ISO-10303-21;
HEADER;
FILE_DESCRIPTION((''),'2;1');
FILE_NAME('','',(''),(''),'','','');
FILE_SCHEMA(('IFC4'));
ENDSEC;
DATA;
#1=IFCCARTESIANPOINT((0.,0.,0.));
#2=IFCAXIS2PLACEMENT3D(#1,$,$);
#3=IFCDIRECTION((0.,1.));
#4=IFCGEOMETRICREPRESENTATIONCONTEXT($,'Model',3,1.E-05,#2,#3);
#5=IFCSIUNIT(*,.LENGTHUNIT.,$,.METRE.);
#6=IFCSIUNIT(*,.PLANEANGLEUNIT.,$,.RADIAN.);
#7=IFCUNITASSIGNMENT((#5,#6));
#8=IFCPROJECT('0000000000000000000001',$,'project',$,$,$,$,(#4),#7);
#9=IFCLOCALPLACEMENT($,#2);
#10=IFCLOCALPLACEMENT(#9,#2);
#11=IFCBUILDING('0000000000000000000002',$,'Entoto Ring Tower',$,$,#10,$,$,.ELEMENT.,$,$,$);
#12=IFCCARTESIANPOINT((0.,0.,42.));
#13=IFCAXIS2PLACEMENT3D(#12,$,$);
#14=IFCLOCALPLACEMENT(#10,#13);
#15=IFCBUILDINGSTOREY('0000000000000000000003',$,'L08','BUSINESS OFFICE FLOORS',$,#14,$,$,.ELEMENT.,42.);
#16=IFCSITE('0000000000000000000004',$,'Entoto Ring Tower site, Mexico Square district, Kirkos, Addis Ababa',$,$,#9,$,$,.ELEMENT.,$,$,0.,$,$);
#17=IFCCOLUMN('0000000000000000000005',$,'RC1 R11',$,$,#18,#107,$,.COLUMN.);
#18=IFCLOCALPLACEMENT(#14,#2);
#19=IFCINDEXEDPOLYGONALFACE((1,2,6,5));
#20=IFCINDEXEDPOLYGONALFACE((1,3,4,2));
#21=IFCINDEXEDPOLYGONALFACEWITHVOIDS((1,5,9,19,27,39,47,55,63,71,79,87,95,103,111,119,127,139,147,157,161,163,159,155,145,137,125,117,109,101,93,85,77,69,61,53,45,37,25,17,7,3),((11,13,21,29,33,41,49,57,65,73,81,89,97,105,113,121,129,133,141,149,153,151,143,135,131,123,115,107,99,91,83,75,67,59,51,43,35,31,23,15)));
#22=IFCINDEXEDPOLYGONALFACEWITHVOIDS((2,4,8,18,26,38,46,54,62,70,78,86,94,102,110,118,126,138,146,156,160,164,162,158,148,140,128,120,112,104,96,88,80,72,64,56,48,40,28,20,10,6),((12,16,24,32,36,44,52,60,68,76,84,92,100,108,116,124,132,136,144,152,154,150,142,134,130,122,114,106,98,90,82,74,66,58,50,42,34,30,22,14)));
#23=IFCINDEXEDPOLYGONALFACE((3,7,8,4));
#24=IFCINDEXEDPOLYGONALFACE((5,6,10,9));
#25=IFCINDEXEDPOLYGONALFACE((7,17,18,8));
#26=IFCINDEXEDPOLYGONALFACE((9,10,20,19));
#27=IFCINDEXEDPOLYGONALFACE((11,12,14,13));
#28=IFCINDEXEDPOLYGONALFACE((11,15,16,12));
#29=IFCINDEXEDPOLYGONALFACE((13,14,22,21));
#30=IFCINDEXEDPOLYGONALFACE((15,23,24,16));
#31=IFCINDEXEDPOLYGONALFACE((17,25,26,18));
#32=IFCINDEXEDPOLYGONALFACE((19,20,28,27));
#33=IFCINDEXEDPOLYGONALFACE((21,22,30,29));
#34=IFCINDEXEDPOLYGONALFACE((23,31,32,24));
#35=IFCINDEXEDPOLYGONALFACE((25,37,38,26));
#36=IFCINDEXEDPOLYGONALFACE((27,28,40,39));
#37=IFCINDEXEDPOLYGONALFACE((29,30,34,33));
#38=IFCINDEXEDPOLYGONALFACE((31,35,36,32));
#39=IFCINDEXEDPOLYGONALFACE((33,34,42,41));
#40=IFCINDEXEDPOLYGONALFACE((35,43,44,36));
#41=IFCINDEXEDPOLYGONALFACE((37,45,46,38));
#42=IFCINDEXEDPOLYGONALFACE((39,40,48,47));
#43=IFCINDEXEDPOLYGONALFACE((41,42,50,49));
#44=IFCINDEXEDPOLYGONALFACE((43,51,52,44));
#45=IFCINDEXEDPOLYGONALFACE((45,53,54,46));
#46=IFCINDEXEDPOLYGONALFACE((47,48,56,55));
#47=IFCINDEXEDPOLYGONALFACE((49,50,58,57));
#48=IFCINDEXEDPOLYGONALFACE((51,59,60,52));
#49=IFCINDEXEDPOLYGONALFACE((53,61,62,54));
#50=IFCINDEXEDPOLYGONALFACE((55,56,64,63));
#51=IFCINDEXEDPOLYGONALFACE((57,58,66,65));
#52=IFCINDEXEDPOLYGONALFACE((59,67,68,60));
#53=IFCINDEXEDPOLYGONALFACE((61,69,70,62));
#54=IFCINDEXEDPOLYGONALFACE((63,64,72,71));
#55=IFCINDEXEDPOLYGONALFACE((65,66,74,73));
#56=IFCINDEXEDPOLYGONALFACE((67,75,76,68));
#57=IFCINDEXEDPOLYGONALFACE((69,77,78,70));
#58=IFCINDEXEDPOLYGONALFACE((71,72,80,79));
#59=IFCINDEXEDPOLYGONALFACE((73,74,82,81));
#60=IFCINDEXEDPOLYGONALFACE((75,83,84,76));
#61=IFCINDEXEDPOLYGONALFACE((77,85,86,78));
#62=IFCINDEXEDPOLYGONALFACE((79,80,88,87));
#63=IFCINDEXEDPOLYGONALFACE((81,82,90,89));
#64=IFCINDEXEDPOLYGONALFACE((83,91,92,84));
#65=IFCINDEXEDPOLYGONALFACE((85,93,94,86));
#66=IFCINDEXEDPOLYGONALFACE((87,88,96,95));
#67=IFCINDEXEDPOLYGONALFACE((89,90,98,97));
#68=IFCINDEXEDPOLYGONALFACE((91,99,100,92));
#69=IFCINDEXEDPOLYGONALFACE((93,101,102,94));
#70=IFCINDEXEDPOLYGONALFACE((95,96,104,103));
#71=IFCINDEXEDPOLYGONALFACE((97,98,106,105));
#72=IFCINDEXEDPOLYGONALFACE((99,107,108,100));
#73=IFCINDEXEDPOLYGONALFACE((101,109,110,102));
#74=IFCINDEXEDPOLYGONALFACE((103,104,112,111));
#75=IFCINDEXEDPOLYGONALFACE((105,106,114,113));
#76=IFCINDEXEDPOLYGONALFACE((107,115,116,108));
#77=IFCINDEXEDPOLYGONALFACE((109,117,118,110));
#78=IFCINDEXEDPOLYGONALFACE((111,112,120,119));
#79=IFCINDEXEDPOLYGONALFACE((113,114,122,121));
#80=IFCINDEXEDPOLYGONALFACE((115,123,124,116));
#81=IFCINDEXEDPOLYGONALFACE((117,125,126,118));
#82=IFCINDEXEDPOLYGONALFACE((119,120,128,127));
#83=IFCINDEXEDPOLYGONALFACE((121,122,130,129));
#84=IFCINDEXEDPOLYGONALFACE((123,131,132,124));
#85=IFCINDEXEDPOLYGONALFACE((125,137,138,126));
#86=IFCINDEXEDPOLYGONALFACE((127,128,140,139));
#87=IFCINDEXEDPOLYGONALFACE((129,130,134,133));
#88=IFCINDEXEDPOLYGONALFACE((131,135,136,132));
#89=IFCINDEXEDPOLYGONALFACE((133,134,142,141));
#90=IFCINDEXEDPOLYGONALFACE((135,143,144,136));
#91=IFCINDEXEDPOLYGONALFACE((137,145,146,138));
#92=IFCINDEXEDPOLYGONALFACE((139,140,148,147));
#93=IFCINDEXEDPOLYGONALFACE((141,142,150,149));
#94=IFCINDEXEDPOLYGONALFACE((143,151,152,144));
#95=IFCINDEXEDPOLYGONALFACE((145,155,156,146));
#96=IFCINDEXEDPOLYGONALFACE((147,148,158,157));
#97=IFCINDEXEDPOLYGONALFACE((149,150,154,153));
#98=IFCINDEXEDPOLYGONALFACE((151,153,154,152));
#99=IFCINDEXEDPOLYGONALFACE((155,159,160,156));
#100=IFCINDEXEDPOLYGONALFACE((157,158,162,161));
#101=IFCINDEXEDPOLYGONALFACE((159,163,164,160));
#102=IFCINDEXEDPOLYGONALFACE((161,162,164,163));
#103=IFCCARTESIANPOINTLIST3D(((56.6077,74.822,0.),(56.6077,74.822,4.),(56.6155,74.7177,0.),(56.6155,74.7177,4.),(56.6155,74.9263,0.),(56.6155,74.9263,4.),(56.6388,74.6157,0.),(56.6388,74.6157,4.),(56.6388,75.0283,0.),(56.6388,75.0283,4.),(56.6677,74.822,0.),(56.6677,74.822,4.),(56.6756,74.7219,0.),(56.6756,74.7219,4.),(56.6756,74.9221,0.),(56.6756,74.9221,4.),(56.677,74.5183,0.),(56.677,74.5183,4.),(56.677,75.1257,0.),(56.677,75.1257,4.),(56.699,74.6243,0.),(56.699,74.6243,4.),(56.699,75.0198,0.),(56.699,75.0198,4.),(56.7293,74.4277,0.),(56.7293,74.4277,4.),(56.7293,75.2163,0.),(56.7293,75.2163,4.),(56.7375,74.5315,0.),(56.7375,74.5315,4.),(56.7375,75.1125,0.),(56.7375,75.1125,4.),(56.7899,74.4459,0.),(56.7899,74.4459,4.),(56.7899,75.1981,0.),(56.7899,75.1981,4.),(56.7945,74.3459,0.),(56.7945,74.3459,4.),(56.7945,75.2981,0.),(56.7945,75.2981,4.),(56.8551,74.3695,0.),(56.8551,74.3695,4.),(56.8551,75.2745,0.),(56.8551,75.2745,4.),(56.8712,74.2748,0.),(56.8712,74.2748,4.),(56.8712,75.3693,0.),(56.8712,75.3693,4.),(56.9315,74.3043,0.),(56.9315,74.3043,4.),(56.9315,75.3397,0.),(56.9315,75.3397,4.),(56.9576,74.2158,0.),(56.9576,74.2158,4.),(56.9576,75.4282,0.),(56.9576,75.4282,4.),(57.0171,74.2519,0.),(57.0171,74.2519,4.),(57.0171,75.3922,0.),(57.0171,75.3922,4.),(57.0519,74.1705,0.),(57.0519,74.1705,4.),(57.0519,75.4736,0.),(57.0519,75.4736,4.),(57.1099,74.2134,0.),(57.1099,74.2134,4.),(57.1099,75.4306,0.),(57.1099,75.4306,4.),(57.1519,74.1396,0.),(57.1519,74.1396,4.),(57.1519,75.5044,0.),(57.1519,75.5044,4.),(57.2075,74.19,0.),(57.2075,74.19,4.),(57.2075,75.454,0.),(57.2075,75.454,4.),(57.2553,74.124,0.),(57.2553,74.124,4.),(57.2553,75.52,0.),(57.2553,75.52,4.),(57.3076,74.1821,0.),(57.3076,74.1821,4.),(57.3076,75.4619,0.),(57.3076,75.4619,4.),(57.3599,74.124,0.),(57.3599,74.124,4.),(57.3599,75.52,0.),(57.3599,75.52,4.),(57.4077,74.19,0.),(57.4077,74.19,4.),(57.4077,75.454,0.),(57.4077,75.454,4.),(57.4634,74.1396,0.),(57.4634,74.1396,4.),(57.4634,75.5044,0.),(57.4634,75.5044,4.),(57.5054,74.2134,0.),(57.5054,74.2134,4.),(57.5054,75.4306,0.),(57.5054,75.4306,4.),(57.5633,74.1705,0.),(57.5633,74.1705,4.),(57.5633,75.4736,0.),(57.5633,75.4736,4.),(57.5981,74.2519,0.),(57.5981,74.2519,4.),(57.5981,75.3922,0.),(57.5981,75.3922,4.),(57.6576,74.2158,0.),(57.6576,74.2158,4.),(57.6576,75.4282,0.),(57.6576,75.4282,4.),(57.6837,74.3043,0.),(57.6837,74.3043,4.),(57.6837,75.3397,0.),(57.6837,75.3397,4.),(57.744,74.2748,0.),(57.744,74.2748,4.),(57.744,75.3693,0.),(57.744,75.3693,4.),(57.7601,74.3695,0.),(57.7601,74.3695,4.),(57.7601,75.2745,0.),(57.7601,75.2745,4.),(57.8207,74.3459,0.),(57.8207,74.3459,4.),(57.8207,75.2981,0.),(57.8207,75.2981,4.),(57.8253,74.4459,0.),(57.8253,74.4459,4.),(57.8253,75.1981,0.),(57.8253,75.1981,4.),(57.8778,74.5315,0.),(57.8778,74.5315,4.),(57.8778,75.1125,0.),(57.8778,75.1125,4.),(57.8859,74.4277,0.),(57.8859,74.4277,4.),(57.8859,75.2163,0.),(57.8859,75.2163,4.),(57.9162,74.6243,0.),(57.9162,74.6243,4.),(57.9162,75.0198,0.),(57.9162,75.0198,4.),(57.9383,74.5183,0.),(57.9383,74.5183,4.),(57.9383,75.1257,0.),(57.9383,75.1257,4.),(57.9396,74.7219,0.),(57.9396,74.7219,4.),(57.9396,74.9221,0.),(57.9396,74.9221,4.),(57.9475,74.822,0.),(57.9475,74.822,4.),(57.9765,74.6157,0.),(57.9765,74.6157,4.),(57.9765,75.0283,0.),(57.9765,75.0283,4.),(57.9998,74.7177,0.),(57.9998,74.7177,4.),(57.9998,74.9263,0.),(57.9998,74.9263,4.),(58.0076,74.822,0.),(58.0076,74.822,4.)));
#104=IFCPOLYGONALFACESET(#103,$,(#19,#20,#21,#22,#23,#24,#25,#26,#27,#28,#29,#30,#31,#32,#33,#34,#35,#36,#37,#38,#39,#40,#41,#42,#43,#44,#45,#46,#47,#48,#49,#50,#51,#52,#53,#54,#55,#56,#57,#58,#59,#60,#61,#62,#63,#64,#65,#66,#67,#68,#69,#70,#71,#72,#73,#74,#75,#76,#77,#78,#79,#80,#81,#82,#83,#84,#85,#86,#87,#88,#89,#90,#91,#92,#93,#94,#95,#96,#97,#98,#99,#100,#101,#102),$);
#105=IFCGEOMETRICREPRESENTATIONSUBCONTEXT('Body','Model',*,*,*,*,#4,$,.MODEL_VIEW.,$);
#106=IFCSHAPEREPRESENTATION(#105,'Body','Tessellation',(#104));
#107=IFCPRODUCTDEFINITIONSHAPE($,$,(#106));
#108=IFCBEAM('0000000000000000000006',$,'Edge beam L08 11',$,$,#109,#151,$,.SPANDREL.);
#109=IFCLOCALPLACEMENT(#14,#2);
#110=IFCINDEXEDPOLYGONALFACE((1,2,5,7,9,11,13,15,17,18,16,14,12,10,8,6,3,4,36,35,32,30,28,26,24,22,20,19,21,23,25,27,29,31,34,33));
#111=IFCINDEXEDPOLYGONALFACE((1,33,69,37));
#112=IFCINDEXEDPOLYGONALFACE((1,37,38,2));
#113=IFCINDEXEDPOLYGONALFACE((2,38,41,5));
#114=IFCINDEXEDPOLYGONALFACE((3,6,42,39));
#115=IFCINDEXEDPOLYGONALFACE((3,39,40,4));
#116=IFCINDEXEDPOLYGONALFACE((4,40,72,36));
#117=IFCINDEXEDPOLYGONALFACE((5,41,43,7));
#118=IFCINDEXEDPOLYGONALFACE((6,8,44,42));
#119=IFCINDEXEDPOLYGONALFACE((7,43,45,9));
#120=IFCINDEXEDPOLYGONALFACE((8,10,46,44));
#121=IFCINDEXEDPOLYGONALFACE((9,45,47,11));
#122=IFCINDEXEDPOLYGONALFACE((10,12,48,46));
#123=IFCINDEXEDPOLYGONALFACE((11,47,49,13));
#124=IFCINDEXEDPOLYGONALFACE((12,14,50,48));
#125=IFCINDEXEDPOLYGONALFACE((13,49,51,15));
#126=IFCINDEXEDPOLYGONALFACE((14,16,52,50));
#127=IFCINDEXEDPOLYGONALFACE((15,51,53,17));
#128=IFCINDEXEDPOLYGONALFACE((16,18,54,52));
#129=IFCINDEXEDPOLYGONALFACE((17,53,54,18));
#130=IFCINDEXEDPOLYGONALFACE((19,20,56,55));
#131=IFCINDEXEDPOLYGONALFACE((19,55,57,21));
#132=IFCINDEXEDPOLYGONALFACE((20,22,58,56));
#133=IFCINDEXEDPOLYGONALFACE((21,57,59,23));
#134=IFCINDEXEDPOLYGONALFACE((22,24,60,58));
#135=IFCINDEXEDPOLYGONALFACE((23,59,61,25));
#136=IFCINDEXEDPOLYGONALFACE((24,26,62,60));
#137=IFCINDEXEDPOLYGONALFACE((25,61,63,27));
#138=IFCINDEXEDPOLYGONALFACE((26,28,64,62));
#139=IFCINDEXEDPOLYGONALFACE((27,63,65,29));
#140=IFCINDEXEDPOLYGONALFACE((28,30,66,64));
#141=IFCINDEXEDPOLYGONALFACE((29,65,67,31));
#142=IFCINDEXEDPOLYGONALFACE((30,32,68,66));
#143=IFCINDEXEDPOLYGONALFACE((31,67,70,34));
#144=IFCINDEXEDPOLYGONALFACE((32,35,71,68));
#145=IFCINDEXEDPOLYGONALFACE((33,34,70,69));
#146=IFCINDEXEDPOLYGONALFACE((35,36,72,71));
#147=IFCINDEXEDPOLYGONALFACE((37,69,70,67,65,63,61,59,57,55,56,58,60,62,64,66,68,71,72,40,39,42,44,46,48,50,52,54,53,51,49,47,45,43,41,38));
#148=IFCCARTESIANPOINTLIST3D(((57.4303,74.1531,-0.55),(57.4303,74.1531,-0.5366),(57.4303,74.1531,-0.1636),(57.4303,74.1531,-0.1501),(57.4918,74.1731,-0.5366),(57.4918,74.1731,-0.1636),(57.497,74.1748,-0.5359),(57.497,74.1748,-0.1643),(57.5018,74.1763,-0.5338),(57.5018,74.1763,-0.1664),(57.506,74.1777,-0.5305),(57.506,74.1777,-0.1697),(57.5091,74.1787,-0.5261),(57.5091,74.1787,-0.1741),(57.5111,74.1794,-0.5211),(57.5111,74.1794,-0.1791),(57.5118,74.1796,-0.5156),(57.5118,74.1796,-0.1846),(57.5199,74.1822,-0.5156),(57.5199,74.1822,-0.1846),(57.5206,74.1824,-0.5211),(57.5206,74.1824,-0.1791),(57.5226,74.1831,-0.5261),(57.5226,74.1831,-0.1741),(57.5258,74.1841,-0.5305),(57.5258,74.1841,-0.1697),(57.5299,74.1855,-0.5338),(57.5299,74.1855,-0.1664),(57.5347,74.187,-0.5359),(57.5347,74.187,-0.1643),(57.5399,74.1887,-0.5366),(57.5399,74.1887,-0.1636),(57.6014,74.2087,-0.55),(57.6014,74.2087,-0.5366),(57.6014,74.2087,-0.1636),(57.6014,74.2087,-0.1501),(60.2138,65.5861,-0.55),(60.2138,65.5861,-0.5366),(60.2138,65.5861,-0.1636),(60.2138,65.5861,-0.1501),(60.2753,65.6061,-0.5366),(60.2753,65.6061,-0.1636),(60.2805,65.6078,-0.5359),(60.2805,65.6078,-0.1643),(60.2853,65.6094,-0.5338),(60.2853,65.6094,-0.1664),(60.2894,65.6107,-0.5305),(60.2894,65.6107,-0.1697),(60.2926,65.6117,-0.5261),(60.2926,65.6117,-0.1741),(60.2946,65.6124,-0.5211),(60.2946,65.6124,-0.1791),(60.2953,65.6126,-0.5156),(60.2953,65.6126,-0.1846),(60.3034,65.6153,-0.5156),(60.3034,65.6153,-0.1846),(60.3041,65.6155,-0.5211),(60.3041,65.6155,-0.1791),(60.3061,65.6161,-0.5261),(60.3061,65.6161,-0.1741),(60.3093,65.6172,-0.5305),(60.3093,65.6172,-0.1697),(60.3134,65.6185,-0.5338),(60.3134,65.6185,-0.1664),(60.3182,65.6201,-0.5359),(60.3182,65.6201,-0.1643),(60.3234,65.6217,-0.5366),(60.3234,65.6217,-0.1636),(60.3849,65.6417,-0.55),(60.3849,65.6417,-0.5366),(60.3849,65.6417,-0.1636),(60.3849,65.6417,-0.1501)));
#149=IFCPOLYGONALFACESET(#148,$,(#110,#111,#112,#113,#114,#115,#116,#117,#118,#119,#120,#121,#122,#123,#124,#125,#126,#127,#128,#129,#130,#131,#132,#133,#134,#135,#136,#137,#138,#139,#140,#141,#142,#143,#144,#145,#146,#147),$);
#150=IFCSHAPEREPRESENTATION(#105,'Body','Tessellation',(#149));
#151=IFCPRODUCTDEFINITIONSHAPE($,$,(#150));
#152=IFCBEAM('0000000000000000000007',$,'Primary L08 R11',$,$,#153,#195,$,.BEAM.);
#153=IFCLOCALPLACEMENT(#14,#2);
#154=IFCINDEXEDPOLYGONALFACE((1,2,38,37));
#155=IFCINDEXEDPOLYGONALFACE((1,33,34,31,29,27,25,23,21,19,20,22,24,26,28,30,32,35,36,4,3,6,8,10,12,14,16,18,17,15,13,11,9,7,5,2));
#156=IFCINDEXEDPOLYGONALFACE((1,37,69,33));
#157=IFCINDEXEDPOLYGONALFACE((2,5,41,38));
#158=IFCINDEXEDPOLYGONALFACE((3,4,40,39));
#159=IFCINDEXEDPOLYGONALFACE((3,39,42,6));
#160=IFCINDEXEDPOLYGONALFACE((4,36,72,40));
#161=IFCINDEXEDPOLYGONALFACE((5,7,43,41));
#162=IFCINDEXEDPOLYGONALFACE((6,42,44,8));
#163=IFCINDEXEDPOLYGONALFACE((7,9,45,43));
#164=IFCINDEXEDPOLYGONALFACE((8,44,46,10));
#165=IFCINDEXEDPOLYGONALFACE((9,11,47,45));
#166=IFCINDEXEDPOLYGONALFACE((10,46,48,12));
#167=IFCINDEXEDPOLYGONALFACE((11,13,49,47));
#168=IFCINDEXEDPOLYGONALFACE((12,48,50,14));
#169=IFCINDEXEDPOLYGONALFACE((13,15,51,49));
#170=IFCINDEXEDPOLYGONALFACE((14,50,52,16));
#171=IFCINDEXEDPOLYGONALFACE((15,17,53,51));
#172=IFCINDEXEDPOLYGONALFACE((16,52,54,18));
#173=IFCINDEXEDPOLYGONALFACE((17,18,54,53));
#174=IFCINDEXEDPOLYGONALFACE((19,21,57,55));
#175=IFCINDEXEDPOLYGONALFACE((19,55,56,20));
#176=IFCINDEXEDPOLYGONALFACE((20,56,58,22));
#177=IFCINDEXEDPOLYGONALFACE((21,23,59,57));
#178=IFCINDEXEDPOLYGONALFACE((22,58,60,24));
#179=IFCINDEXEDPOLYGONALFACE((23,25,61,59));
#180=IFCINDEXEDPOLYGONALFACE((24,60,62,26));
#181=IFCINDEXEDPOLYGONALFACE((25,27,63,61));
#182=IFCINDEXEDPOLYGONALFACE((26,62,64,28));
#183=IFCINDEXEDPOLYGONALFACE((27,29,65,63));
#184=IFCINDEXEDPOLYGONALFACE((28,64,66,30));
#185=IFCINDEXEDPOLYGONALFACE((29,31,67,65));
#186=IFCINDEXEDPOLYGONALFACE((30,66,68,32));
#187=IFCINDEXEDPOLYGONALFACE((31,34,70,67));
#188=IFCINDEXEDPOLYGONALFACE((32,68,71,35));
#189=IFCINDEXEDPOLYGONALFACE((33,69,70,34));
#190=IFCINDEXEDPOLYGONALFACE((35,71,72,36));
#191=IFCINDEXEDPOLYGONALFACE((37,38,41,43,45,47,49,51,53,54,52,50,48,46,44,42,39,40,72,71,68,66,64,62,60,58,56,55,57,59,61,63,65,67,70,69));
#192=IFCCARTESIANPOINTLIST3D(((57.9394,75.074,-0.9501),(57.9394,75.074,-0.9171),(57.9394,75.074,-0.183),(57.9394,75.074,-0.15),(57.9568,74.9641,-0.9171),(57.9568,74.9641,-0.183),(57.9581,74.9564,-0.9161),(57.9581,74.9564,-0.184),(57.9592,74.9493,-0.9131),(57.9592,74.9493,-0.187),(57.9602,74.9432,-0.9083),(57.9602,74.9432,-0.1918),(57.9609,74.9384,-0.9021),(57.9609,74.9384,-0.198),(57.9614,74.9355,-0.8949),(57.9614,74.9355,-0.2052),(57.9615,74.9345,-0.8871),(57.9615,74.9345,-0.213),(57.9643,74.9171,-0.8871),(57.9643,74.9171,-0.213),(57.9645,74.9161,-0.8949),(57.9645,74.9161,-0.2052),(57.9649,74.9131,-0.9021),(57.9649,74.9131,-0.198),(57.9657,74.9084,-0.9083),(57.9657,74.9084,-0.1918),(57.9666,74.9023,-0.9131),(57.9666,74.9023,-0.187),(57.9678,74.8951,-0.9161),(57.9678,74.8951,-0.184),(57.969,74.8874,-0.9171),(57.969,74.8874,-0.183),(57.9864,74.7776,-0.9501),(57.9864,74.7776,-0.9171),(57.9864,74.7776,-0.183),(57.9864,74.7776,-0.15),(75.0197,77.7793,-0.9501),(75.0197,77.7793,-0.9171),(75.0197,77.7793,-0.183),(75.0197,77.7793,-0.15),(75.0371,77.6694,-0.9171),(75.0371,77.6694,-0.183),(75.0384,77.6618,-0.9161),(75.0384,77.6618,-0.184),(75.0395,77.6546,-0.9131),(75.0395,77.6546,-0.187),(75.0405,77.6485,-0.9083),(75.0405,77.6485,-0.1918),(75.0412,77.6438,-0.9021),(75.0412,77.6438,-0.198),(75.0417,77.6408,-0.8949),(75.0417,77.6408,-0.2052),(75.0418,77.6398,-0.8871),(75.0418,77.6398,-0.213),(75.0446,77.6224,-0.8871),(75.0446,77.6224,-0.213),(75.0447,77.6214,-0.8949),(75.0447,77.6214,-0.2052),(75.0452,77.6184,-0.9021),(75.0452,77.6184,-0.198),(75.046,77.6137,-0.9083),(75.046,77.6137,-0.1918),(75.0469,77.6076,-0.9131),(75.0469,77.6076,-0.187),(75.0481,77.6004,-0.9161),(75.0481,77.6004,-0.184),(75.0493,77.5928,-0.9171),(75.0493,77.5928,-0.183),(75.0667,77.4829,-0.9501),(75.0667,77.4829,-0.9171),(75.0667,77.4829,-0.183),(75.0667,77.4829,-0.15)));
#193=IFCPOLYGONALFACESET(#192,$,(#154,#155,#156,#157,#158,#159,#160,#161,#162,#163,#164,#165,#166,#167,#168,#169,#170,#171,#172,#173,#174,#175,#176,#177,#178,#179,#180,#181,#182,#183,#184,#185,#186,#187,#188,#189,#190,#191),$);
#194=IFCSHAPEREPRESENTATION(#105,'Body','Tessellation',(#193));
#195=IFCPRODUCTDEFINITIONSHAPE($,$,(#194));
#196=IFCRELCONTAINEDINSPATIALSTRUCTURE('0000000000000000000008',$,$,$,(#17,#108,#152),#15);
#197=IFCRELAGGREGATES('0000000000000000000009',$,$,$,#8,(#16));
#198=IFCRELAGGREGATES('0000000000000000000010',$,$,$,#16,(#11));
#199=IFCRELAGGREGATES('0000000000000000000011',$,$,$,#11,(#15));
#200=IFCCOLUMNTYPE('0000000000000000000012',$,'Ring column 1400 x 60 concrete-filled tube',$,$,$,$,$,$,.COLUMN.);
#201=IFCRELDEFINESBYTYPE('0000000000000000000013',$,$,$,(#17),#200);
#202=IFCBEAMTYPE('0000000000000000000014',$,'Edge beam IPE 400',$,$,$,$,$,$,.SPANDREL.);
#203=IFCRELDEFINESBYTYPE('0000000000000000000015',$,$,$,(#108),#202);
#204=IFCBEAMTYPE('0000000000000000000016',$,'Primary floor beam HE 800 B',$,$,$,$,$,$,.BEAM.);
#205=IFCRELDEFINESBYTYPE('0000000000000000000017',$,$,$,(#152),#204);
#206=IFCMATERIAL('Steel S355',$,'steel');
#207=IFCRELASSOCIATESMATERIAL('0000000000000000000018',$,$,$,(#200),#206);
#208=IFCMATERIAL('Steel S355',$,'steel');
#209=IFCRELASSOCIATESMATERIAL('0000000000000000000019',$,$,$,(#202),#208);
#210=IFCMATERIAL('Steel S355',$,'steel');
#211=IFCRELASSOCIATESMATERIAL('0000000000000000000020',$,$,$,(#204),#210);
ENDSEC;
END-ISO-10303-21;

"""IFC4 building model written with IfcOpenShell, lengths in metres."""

from ifc_helpers import new_model, si_unit, direction, frame, origin, origin_2d, place, context, subcontext, project, spatial, circle, hollow_circle, i_section, extrude, material, material_profile, profile_set, type_object, element, save


model = new_model("IFC4")

# Units and contexts
model_context = context("Model", 3, precision=1e-05, world=origin(), true_north=direction((0.0, 1.0)))
body_context = subcontext(model_context, "Body", "Model", "MODEL_VIEW")
ifc_project = project(units=[si_unit("LENGTHUNIT", "METRE"), si_unit("PLANEANGLEUNIT", "RADIAN")], contexts=[model_context])

# Site, building, storey
site_placement = place(None, origin())
site = spatial("IfcSite", under=ifc_project, at=site_placement, Name="Entoto Ring Tower site, Mexico Square district, Kirkos, Addis Ababa", CompositionType="ELEMENT", RefElevation=0.0)
building_placement = place(site_placement, origin())
building = spatial("IfcBuilding", under=site, at=building_placement, Name="Entoto Ring Tower", CompositionType="ELEMENT")
storey_placement = place(building_placement, frame((0.0, 0.0, 42.0)))
storey = spatial("IfcBuildingStorey", under=building, at=storey_placement, Name="L08", Description="BUSINESS OFFICE FLOORS", CompositionType="ELEMENT", Elevation=42.0)

# Column
ifc_material_1 = material(Name="Steel S355", Category="steel")
ifc_material_profile_1 = material_profile(ifc_material_1, hollow_circle(Radius=0.7, WallThickness=0.0601, at=origin_2d()), Name="CHS 1400 x 60")
ifc_material_2 = material(Name="Concrete C60/75", Category="concrete")
ifc_material_profile_2 = material_profile(ifc_material_2, circle(Radius=0.6399, at=origin_2d()), Name="Concrete C60/75 infill")
ifc_profile_set_1 = profile_set([ifc_material_profile_1, ifc_material_profile_2], Name="Steel S355")
column_type = type_object("IfcColumnType", Name="Ring column 1400 x 60 concrete-filled tube", PredefinedType="COLUMN", material=ifc_profile_set_1)
column_placement = place(storey_placement, frame((57.3076, 74.822, 0.0), z_axis=(0.0, 0.0, 1.0), x_axis=(1.0, 0.0, 0.0)))
element("IfcColumn", 1, at=column_placement, inside=storey, type_object=column_type, Name="RC1 R11", PredefinedType="COLUMN", context=body_context, shape_type="SweptSolid", body=[
    extrude(hollow_circle(Radius=0.7, WallThickness=0.0601, at=origin_2d()), origin(), (0.0, 0.0, 1.0), 4.0),
])

# Beams
ifc_material_3 = material(Name="Steel S355", Category="steel")
ifc_material_profile_3 = material_profile(ifc_material_3, i_section(OverallWidth=0.1799, OverallDepth=0.3999, WebThickness=0.0085, FlangeThickness=0.0134, FilletRadius=0.021, at=origin_2d()), Name="IPE 400")
ifc_profile_set_2 = profile_set([ifc_material_profile_3], Name="Steel S355")
beam_type_1 = type_object("IfcBeamType", Name="Edge beam IPE 400", PredefinedType="SPANDREL", material=ifc_profile_set_2)
beam_1_placement = place(storey_placement, frame((57.5159, 74.1809, -0.3501), z_axis=(0.309006, -0.95106, 0.0), x_axis=(0.95106, 0.309006, 0.0)))
element("IfcBeam", 2, at=beam_1_placement, inside=storey, type_object=beam_type_1, Name="Edge beam L08 11", PredefinedType="SPANDREL", context=body_context, shape_type="SweptSolid", body=[
    extrude(i_section(OverallWidth=0.1799, OverallDepth=0.3999, WebThickness=0.0085, FlangeThickness=0.0134, FilletRadius=0.021, at=origin_2d()), origin(), (0.0, 0.0, 1.0), 9.0078),
])
ifc_material_4 = material(Name="Steel S355", Category="steel")
ifc_material_profile_4 = material_profile(ifc_material_4, i_section(OverallWidth=0.3, OverallDepth=0.8, WebThickness=0.0176, FlangeThickness=0.033, FilletRadius=0.03, at=origin_2d()), Name="HE 800 B")
ifc_profile_set_3 = profile_set([ifc_material_profile_4], Name="Steel S355")
beam_type_2 = type_object("IfcBeamType", Name="Primary floor beam HE 800 B", PredefinedType="BEAM", material=ifc_profile_set_3)
beam_2_placement = place(storey_placement, frame((75.0432, 77.6311, -0.55), z_axis=(-0.987688, -0.156438, 0.0), x_axis=(0.156438, -0.987688, 0.0)))
element("IfcBeam", 3, at=beam_2_placement, inside=storey, type_object=beam_type_2, Name="Primary L08 R11", PredefinedType="BEAM", context=body_context, shape_type="SweptSolid", body=[
    extrude(i_section(OverallWidth=0.3, OverallDepth=0.8, WebThickness=0.0176, FlangeThickness=0.033, FilletRadius=0.03, at=origin_2d()), origin(), (0.0, 0.0, 1.0), 17.2932),
])

save(model, "model.ifc")
